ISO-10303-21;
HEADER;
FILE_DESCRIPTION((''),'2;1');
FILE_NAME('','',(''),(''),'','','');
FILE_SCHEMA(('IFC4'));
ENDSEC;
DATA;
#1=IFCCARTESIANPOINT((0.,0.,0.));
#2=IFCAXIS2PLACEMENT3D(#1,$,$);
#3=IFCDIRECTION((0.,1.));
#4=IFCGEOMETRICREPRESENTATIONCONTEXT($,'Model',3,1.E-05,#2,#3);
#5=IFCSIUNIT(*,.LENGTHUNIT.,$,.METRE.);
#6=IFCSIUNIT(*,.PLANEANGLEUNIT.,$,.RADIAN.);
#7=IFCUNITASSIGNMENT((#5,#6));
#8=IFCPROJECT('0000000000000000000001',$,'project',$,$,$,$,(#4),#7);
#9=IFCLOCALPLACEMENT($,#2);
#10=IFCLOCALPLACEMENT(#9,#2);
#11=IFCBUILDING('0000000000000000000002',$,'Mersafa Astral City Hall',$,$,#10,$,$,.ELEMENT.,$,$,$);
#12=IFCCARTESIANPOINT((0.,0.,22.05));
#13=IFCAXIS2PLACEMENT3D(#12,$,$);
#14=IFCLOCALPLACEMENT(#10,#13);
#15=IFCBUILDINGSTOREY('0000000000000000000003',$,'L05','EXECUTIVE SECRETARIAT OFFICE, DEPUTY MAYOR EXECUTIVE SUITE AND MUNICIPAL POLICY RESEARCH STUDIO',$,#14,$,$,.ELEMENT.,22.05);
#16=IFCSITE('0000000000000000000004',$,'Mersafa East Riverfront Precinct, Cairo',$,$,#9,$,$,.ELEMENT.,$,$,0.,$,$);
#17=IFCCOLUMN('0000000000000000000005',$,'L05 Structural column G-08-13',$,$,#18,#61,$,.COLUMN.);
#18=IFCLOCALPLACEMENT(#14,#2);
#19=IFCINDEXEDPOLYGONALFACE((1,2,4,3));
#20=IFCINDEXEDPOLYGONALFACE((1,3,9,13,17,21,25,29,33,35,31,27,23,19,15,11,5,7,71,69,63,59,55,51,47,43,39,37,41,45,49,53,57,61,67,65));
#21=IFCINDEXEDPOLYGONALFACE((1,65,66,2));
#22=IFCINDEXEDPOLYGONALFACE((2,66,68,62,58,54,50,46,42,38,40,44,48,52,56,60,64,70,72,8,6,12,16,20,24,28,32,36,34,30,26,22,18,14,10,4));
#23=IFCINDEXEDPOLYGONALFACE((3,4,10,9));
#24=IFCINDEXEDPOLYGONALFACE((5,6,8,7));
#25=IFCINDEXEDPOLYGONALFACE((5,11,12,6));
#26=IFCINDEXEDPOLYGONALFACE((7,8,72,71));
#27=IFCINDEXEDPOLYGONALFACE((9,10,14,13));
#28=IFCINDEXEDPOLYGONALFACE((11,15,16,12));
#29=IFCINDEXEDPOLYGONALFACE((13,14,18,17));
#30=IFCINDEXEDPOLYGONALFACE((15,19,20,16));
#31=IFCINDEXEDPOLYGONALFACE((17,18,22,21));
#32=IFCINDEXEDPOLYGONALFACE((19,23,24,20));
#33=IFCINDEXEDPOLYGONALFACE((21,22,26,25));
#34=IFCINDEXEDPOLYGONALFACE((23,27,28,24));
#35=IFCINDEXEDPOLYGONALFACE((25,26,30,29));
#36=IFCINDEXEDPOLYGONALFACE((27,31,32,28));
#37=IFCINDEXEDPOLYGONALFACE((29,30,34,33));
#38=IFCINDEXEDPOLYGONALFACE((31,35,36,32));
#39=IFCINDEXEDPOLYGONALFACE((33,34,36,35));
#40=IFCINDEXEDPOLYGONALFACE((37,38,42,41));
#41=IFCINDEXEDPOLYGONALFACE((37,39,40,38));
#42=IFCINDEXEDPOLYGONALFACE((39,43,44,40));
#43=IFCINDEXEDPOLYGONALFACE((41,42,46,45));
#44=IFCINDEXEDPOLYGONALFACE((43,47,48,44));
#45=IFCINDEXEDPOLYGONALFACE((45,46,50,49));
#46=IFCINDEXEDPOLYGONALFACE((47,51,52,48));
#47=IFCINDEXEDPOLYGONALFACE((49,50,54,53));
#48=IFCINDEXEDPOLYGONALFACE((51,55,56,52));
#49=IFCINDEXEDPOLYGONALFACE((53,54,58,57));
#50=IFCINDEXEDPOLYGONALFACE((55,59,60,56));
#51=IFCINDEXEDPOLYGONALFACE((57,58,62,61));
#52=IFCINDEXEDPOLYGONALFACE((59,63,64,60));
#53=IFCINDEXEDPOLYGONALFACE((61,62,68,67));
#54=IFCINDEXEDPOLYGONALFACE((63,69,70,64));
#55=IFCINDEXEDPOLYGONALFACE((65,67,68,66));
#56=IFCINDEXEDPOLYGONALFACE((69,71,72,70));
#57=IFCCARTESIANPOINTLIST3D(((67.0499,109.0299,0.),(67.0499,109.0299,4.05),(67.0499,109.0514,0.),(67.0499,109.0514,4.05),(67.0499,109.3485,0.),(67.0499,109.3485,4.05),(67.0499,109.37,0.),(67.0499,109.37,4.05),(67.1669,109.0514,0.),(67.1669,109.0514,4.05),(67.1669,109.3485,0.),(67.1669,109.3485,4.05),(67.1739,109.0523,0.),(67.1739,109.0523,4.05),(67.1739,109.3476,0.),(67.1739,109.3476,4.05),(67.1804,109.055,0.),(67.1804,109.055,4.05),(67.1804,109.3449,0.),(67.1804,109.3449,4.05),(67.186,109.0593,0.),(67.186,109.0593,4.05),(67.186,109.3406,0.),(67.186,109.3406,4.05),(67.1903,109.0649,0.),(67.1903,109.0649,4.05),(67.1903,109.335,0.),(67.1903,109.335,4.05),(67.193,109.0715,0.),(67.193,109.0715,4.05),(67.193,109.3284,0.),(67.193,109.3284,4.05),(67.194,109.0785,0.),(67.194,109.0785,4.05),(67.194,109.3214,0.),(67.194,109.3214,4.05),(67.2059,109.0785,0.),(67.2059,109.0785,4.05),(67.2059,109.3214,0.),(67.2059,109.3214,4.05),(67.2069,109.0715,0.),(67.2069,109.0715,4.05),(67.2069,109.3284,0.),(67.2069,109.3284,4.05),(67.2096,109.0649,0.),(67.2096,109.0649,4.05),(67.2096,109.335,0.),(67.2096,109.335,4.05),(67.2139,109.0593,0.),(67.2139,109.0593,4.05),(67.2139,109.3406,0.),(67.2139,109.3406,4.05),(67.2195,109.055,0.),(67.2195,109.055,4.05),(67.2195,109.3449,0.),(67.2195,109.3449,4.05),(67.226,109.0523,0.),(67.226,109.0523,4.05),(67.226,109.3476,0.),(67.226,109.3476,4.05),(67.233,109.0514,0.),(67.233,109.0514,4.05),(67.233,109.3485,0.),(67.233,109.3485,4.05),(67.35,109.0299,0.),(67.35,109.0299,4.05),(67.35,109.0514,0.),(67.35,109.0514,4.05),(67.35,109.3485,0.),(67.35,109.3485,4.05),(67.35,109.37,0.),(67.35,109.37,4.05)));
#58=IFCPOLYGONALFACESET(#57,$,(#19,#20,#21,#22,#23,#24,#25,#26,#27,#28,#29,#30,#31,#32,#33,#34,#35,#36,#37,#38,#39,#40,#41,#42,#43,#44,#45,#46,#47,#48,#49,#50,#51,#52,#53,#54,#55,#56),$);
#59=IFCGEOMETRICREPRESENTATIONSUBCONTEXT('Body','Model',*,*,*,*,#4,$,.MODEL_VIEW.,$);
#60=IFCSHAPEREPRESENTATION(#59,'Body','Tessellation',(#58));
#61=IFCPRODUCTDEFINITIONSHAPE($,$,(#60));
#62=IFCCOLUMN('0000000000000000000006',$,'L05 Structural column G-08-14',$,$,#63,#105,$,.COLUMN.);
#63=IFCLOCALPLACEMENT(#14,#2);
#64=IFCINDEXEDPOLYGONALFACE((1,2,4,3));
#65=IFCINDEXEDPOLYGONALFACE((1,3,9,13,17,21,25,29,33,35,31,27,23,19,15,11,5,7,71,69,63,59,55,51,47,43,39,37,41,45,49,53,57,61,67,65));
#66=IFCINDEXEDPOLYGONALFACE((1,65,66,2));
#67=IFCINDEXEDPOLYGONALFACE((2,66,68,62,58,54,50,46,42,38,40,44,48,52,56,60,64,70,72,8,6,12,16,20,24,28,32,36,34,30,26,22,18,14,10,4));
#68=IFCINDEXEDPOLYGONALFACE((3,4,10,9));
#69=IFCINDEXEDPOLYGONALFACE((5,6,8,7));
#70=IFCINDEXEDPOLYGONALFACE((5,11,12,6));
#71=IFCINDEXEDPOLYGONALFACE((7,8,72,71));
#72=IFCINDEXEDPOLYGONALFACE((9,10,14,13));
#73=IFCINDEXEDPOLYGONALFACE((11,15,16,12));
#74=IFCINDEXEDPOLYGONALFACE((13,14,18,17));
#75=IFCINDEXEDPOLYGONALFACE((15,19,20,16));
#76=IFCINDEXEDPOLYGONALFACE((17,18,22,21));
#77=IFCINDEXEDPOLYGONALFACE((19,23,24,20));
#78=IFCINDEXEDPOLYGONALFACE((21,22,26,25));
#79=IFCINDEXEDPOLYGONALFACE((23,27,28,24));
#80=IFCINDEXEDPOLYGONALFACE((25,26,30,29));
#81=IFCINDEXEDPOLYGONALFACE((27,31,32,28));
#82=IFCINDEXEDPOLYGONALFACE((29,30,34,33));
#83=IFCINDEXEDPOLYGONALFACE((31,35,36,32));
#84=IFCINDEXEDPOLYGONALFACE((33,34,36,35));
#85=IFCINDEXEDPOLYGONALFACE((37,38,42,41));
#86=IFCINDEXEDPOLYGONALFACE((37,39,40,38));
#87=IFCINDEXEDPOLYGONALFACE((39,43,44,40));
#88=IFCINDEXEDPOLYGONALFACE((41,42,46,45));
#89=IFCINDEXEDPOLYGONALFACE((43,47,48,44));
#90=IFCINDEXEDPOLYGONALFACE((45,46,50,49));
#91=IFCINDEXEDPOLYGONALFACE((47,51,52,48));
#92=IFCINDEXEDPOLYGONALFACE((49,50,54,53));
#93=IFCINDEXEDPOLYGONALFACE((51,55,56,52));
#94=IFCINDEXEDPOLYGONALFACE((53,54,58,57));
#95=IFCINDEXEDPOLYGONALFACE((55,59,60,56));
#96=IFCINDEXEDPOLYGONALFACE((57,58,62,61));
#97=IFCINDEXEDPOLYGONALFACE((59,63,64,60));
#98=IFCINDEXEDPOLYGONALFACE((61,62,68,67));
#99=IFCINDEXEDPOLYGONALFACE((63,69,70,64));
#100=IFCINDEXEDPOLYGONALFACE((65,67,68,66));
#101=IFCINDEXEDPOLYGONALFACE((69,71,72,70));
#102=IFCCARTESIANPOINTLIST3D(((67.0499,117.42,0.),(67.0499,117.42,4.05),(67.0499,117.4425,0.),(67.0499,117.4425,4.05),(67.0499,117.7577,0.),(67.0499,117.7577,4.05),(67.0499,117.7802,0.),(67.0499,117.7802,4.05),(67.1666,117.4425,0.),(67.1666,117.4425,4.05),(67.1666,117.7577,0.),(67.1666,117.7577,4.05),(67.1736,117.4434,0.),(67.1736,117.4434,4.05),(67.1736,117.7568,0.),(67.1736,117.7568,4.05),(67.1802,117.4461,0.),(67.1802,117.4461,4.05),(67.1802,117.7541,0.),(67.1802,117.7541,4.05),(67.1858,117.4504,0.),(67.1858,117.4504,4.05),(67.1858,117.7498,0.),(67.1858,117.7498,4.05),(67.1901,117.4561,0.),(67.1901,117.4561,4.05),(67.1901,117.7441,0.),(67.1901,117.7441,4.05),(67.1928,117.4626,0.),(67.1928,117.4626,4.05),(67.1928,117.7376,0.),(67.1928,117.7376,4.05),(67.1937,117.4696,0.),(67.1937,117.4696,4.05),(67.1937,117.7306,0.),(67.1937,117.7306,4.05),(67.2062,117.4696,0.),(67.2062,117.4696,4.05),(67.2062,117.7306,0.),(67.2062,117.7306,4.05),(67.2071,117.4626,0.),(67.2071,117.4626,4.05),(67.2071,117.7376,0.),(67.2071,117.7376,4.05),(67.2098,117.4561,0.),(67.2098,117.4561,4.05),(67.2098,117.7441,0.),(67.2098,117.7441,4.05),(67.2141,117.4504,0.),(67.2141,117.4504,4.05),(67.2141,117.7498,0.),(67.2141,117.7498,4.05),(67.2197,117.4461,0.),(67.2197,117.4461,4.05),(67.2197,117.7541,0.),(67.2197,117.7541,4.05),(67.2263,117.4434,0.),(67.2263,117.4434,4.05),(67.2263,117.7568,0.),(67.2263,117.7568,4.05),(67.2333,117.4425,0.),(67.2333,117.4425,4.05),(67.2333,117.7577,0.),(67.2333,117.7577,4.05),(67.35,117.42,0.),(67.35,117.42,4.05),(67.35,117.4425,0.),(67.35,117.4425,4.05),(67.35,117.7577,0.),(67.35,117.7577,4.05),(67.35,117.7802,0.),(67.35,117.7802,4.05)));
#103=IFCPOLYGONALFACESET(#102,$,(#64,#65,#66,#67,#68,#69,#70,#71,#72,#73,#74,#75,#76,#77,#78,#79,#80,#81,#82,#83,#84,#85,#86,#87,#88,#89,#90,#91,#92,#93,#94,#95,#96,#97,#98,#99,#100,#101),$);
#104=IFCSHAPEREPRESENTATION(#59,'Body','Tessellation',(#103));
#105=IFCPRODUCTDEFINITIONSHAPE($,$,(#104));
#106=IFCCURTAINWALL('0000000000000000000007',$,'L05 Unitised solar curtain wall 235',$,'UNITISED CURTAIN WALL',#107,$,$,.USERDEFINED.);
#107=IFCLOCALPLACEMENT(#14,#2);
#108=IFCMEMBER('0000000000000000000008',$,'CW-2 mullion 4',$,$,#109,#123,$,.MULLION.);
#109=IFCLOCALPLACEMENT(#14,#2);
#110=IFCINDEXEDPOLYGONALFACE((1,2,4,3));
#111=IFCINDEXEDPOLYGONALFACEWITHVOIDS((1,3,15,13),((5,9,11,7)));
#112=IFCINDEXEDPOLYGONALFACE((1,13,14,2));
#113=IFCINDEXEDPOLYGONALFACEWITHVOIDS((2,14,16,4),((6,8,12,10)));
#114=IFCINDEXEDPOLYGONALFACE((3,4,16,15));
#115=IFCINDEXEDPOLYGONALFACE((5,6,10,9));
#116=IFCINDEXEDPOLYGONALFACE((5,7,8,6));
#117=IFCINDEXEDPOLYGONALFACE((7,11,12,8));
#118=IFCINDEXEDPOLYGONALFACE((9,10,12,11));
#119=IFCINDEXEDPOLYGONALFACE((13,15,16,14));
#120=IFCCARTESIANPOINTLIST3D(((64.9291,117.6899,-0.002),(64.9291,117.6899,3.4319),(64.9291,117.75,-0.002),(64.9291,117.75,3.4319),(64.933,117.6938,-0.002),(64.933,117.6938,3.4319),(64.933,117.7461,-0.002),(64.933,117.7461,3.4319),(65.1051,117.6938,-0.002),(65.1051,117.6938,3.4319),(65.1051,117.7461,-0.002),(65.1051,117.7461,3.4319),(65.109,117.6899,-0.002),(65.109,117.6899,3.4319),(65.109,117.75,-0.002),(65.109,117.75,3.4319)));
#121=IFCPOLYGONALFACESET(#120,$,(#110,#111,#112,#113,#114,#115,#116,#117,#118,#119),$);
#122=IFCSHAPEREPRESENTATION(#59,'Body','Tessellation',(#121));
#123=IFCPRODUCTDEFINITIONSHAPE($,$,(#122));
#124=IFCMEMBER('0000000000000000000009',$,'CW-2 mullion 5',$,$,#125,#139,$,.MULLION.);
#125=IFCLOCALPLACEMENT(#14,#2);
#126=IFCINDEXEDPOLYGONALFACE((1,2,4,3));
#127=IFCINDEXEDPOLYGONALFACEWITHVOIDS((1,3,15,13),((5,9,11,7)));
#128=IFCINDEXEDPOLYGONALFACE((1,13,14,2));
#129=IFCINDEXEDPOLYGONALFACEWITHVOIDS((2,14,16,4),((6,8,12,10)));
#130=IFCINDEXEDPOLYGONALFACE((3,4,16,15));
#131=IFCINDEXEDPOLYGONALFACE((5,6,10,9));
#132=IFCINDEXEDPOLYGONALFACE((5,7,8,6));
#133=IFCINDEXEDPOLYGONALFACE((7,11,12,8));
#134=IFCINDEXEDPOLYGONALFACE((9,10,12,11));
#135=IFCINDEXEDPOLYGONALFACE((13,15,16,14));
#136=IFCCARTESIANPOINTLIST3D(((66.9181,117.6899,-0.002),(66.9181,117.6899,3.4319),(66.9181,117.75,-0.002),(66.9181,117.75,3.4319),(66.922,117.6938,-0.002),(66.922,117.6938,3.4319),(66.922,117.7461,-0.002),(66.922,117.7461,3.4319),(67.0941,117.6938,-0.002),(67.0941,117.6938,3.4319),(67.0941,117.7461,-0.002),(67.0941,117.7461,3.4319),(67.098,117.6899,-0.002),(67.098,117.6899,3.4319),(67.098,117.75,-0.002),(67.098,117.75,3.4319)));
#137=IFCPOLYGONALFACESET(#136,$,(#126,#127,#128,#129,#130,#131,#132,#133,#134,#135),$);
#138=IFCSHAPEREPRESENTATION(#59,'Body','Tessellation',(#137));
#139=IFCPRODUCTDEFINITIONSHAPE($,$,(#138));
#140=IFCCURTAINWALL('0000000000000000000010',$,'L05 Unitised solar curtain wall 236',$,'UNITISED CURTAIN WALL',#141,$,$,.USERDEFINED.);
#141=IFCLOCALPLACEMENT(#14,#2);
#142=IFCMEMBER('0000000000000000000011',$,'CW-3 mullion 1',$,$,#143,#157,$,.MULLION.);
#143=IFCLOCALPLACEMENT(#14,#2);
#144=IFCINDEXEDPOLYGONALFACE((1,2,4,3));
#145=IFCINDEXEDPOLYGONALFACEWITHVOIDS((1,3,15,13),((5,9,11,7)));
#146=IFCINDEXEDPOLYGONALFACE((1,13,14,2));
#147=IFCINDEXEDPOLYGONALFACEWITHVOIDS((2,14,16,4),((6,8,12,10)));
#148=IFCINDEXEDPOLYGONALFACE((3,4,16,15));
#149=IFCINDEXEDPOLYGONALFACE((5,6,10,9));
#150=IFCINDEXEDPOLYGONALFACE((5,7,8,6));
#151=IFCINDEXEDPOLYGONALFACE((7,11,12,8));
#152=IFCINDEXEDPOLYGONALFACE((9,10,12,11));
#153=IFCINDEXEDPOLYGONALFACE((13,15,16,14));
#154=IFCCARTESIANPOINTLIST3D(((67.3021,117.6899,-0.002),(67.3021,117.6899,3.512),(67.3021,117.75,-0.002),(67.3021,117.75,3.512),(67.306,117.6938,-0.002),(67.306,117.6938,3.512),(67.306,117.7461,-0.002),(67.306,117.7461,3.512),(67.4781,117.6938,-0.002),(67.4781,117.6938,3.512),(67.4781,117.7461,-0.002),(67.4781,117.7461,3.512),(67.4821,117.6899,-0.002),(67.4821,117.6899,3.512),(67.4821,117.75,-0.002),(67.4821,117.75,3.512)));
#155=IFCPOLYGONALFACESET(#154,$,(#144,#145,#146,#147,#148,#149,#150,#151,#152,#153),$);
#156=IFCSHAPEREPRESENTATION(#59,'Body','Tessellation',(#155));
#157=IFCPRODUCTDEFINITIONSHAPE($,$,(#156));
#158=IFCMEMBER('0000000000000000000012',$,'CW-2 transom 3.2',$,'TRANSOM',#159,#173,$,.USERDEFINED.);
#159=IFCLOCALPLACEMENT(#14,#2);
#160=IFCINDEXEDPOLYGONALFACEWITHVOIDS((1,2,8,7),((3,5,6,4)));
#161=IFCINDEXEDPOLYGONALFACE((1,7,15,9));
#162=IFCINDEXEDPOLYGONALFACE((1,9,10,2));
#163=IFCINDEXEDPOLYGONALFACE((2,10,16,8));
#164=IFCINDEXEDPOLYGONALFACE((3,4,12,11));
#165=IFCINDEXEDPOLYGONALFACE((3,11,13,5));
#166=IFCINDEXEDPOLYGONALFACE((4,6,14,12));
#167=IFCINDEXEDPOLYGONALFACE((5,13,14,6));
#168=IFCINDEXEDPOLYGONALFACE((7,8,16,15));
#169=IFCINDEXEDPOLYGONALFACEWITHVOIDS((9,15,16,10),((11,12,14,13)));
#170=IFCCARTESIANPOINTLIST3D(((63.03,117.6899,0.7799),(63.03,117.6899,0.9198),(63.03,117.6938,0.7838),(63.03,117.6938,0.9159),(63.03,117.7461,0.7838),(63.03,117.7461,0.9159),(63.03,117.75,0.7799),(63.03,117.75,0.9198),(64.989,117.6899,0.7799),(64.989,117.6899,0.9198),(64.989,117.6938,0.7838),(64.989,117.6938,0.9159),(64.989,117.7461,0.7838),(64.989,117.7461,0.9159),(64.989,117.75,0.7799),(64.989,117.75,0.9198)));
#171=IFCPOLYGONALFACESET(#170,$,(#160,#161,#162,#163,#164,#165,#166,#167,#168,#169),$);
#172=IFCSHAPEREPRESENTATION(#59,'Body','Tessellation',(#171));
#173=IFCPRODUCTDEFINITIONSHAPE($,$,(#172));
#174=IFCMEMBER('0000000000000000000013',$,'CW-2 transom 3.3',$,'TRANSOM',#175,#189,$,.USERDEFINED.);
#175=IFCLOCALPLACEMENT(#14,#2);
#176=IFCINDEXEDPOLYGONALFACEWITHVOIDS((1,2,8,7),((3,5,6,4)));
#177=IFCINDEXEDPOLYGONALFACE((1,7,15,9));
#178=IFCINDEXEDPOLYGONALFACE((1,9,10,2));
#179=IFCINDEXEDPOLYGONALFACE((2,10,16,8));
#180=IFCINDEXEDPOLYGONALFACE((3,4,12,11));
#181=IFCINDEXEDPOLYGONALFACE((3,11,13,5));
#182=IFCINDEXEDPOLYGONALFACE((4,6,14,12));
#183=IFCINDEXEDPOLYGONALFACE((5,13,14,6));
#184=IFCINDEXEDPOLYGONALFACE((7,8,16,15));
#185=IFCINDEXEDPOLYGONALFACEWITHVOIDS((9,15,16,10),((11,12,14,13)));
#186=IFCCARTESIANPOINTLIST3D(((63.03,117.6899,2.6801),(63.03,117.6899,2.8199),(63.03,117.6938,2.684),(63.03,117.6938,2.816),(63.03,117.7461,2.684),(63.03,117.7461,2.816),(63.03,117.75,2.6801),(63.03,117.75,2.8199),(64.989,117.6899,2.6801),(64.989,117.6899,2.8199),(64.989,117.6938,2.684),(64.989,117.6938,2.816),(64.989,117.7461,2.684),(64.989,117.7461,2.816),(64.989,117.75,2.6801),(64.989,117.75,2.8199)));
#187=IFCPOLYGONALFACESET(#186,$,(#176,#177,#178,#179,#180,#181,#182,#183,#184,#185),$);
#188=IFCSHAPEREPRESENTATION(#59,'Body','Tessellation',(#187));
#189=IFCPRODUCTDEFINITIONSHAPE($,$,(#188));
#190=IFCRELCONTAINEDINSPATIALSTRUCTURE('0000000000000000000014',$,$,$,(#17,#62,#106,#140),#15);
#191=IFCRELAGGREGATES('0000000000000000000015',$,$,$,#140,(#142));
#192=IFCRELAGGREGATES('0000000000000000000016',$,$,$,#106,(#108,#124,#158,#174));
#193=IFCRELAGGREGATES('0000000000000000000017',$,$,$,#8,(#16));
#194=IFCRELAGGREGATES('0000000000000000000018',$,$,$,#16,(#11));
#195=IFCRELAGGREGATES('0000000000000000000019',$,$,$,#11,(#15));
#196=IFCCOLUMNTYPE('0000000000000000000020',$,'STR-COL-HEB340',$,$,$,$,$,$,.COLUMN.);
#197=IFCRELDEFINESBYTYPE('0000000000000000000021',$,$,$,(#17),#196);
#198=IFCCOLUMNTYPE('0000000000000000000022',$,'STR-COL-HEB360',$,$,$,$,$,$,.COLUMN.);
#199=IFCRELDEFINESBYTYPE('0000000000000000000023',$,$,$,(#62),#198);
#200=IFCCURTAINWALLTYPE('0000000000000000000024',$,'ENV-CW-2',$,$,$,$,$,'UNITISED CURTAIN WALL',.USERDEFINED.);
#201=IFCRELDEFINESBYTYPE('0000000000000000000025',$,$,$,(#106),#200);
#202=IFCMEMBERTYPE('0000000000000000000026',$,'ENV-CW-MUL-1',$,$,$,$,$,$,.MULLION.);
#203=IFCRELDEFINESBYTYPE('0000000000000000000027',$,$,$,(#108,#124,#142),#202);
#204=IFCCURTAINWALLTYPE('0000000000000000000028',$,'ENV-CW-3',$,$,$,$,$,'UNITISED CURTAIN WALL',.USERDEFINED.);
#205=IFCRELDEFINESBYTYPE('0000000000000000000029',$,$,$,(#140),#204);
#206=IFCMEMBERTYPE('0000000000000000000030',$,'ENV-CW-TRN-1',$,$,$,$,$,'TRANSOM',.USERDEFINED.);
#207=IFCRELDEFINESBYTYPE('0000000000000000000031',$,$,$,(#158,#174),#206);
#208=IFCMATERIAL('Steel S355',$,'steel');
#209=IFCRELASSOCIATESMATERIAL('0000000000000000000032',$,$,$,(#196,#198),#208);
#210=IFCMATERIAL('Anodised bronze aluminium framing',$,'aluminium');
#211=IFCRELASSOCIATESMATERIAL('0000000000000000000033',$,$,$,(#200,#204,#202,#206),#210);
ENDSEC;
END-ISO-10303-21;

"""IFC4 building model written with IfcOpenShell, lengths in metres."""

from ifc_helpers import new_model, si_unit, direction, frame, origin, origin_2d, place, context, subcontext, project, spatial, hollow_rectangle, i_section, extrude, material, material_profile, profile_set, type_object, element, aggregate, save


model = new_model("IFC4")

# Units and contexts
model_context = context("Model", 3, precision=1e-05, world=origin(), true_north=direction((0.0, 1.0)))
body_context = subcontext(model_context, "Body", "Model", "MODEL_VIEW")
ifc_project = project(units=[si_unit("LENGTHUNIT", "METRE"), si_unit("PLANEANGLEUNIT", "RADIAN")], contexts=[model_context])

# Site, building, storey
site_placement = place(None, origin())
site = spatial("IfcSite", under=ifc_project, at=site_placement, Name="Mersafa East Riverfront Precinct, Cairo", CompositionType="ELEMENT", RefElevation=0.0)
building_placement = place(site_placement, origin())
building = spatial("IfcBuilding", under=site, at=building_placement, Name="Mersafa Astral City Hall", CompositionType="ELEMENT")
storey_placement = place(building_placement, frame((0.0, 0.0, 22.05)))
storey = spatial("IfcBuildingStorey", under=building, at=storey_placement, Name="L05", Description="EXECUTIVE SECRETARIAT OFFICE, DEPUTY MAYOR EXECUTIVE SUITE AND MUNICIPAL POLICY RESEARCH STUDIO", CompositionType="ELEMENT", Elevation=22.05)

# Columns
ifc_material_1 = material(Name="Steel S355", Category="steel")
ifc_material_profile_1 = material_profile(ifc_material_1, i_section(OverallWidth=0.3, OverallDepth=0.3401, WebThickness=0.012, FlangeThickness=0.0215, FilletRadius=0.0271, at=origin_2d()), Name="HEB 340")
ifc_profile_set_1 = profile_set([ifc_material_profile_1], Name="Steel S355")
column_type_1 = type_object("IfcColumnType", Name="STR-COL-HEB340", PredefinedType="COLUMN", material=ifc_profile_set_1)
column_1_placement = place(storey_placement, frame((67.2, 109.2, 0.0), z_axis=(0.0, 0.0, 1.0), x_axis=(1.0, 0.0, 0.0)))
element("IfcColumn", 1, at=column_1_placement, inside=storey, type_object=column_type_1, Name="L05 Structural column G-08-13", PredefinedType="COLUMN", context=body_context, shape_type="SweptSolid", body=[
    extrude(i_section(OverallWidth=0.3, OverallDepth=0.3401, WebThickness=0.012, FlangeThickness=0.0215, FilletRadius=0.0271, at=origin_2d()), origin(), (0.0, 0.0, 1.0), 4.05),
])
ifc_material_profile_2 = material_profile(ifc_material_1, i_section(OverallWidth=0.3, OverallDepth=0.3601, WebThickness=0.0125, FlangeThickness=0.0225, FilletRadius=0.0271, at=origin_2d()), Name="HEB 360")
ifc_profile_set_2 = profile_set([ifc_material_profile_2], Name="Steel S355")
column_type_2 = type_object("IfcColumnType", Name="STR-COL-HEB360", PredefinedType="COLUMN", material=ifc_profile_set_2)
column_2_placement = place(storey_placement, frame((67.2, 117.6001, 0.0), z_axis=(0.0, 0.0, 1.0), x_axis=(1.0, 0.0, 0.0)))
element("IfcColumn", 2, at=column_2_placement, inside=storey, type_object=column_type_2, Name="L05 Structural column G-08-14", PredefinedType="COLUMN", context=body_context, shape_type="SweptSolid", body=[
    extrude(i_section(OverallWidth=0.3, OverallDepth=0.3601, WebThickness=0.0125, FlangeThickness=0.0225, FilletRadius=0.0271, at=origin_2d()), origin(), (0.0, 0.0, 1.0), 4.05),
])

# Curtain wall, members
ifc_material_2 = material(Name="Anodised bronze aluminium framing", Category="aluminium")
curtain_wall_type_1 = type_object("IfcCurtainWallType", Name="ENV-CW-2", ElementType="UNITISED CURTAIN WALL", PredefinedType="USERDEFINED", material=ifc_material_2)
curtain_wall_1_placement = place(storey_placement, origin())
curtain_wall_1 = element("IfcCurtainWall", 3, at=curtain_wall_1_placement, inside=storey, type_object=curtain_wall_type_1, Name="L05 Unitised solar curtain wall 235", ObjectType="UNITISED CURTAIN WALL", PredefinedType="USERDEFINED")
ifc_material_profile_3 = material_profile(ifc_material_2, hollow_rectangle(XDim=0.0601, YDim=0.1799, WallThickness=0.0039, at=origin_2d()), Name="RHS 60x180x4")
ifc_profile_set_3 = profile_set([ifc_material_profile_3], Name="Anodised bronze aluminium framing")
member_type_1 = type_object("IfcMemberType", Name="ENV-CW-MUL-1", PredefinedType="MULLION", material=ifc_profile_set_3)
member_1_placement = place(storey_placement, frame((65.019, 117.72, -0.002), z_axis=(0.0, 0.0, 1.0), x_axis=(0.0, 1.0, 0.0)))
member_1 = element("IfcMember", 4, at=member_1_placement, type_object=member_type_1, Name="CW-2 mullion 4", PredefinedType="MULLION", context=body_context, shape_type="SweptSolid", body=[
    extrude(hollow_rectangle(XDim=0.0601, YDim=0.1799, WallThickness=0.0039, at=origin_2d()), origin(), (0.0, 0.0, 1.0), 3.4338),
])
member_2_placement = place(storey_placement, frame((67.0081, 117.72, -0.002), z_axis=(0.0, 0.0, 1.0), x_axis=(0.0, 1.0, 0.0)))
member_2 = element("IfcMember", 5, at=member_2_placement, type_object=member_type_1, Name="CW-2 mullion 5", PredefinedType="MULLION", context=body_context, shape_type="SweptSolid", body=[
    extrude(hollow_rectangle(XDim=0.0601, YDim=0.1799, WallThickness=0.0039, at=origin_2d()), origin(), (0.0, 0.0, 1.0), 3.4338),
])

# Curtain wall, member
curtain_wall_type_2 = type_object("IfcCurtainWallType", Name="ENV-CW-3", ElementType="UNITISED CURTAIN WALL", PredefinedType="USERDEFINED", material=ifc_material_2)
curtain_wall_2_placement = place(storey_placement, origin())
curtain_wall_2 = element("IfcCurtainWall", 6, at=curtain_wall_2_placement, inside=storey, type_object=curtain_wall_type_2, Name="L05 Unitised solar curtain wall 236", ObjectType="UNITISED CURTAIN WALL", PredefinedType="USERDEFINED")
member_3_placement = place(storey_placement, frame((67.3921, 117.72, -0.002), z_axis=(0.0, 0.0, 1.0), x_axis=(0.0, 1.0, 0.0)))
member_3 = element("IfcMember", 7, at=member_3_placement, type_object=member_type_1, Name="CW-3 mullion 1", PredefinedType="MULLION", context=body_context, shape_type="SweptSolid", body=[
    extrude(hollow_rectangle(XDim=0.0601, YDim=0.1799, WallThickness=0.0039, at=origin_2d()), origin(), (0.0, 0.0, 1.0), 3.5139),
])

# Members
ifc_material_profile_4 = material_profile(ifc_material_2, hollow_rectangle(XDim=0.0601, YDim=0.1399, WallThickness=0.0039, at=origin_2d()), Name="RHS 60x140x4")
ifc_profile_set_4 = profile_set([ifc_material_profile_4], Name="Anodised bronze aluminium framing")
member_type_2 = type_object("IfcMemberType", Name="ENV-CW-TRN-1", ElementType="TRANSOM", PredefinedType="USERDEFINED", material=ifc_profile_set_4)
member_4_placement = place(storey_placement, frame((63.03, 117.72, 0.8499), z_axis=(1.0, 0.0, 0.0), x_axis=(0.0, 1.0, 0.0)))
member_4 = element("IfcMember", 8, at=member_4_placement, type_object=member_type_2, Name="CW-2 transom 3.2", ObjectType="TRANSOM", PredefinedType="USERDEFINED", context=body_context, shape_type="SweptSolid", body=[
    extrude(hollow_rectangle(XDim=0.0601, YDim=0.1399, WallThickness=0.0039, at=origin_2d()), origin(), (0.0, 0.0, 1.0), 1.959),
])
member_5_placement = place(storey_placement, frame((63.03, 117.72, 2.75), z_axis=(1.0, 0.0, 0.0), x_axis=(0.0, 1.0, 0.0)))
member_5 = element("IfcMember", 9, at=member_5_placement, type_object=member_type_2, Name="CW-2 transom 3.3", ObjectType="TRANSOM", PredefinedType="USERDEFINED", context=body_context, shape_type="SweptSolid", body=[
    extrude(hollow_rectangle(XDim=0.0601, YDim=0.1399, WallThickness=0.0039, at=origin_2d()), origin(), (0.0, 0.0, 1.0), 1.959),
])
aggregate(curtain_wall_2, [member_3])

aggregate(curtain_wall_1, [member_1, member_2, member_4, member_5])

save(model, "model.ifc")
